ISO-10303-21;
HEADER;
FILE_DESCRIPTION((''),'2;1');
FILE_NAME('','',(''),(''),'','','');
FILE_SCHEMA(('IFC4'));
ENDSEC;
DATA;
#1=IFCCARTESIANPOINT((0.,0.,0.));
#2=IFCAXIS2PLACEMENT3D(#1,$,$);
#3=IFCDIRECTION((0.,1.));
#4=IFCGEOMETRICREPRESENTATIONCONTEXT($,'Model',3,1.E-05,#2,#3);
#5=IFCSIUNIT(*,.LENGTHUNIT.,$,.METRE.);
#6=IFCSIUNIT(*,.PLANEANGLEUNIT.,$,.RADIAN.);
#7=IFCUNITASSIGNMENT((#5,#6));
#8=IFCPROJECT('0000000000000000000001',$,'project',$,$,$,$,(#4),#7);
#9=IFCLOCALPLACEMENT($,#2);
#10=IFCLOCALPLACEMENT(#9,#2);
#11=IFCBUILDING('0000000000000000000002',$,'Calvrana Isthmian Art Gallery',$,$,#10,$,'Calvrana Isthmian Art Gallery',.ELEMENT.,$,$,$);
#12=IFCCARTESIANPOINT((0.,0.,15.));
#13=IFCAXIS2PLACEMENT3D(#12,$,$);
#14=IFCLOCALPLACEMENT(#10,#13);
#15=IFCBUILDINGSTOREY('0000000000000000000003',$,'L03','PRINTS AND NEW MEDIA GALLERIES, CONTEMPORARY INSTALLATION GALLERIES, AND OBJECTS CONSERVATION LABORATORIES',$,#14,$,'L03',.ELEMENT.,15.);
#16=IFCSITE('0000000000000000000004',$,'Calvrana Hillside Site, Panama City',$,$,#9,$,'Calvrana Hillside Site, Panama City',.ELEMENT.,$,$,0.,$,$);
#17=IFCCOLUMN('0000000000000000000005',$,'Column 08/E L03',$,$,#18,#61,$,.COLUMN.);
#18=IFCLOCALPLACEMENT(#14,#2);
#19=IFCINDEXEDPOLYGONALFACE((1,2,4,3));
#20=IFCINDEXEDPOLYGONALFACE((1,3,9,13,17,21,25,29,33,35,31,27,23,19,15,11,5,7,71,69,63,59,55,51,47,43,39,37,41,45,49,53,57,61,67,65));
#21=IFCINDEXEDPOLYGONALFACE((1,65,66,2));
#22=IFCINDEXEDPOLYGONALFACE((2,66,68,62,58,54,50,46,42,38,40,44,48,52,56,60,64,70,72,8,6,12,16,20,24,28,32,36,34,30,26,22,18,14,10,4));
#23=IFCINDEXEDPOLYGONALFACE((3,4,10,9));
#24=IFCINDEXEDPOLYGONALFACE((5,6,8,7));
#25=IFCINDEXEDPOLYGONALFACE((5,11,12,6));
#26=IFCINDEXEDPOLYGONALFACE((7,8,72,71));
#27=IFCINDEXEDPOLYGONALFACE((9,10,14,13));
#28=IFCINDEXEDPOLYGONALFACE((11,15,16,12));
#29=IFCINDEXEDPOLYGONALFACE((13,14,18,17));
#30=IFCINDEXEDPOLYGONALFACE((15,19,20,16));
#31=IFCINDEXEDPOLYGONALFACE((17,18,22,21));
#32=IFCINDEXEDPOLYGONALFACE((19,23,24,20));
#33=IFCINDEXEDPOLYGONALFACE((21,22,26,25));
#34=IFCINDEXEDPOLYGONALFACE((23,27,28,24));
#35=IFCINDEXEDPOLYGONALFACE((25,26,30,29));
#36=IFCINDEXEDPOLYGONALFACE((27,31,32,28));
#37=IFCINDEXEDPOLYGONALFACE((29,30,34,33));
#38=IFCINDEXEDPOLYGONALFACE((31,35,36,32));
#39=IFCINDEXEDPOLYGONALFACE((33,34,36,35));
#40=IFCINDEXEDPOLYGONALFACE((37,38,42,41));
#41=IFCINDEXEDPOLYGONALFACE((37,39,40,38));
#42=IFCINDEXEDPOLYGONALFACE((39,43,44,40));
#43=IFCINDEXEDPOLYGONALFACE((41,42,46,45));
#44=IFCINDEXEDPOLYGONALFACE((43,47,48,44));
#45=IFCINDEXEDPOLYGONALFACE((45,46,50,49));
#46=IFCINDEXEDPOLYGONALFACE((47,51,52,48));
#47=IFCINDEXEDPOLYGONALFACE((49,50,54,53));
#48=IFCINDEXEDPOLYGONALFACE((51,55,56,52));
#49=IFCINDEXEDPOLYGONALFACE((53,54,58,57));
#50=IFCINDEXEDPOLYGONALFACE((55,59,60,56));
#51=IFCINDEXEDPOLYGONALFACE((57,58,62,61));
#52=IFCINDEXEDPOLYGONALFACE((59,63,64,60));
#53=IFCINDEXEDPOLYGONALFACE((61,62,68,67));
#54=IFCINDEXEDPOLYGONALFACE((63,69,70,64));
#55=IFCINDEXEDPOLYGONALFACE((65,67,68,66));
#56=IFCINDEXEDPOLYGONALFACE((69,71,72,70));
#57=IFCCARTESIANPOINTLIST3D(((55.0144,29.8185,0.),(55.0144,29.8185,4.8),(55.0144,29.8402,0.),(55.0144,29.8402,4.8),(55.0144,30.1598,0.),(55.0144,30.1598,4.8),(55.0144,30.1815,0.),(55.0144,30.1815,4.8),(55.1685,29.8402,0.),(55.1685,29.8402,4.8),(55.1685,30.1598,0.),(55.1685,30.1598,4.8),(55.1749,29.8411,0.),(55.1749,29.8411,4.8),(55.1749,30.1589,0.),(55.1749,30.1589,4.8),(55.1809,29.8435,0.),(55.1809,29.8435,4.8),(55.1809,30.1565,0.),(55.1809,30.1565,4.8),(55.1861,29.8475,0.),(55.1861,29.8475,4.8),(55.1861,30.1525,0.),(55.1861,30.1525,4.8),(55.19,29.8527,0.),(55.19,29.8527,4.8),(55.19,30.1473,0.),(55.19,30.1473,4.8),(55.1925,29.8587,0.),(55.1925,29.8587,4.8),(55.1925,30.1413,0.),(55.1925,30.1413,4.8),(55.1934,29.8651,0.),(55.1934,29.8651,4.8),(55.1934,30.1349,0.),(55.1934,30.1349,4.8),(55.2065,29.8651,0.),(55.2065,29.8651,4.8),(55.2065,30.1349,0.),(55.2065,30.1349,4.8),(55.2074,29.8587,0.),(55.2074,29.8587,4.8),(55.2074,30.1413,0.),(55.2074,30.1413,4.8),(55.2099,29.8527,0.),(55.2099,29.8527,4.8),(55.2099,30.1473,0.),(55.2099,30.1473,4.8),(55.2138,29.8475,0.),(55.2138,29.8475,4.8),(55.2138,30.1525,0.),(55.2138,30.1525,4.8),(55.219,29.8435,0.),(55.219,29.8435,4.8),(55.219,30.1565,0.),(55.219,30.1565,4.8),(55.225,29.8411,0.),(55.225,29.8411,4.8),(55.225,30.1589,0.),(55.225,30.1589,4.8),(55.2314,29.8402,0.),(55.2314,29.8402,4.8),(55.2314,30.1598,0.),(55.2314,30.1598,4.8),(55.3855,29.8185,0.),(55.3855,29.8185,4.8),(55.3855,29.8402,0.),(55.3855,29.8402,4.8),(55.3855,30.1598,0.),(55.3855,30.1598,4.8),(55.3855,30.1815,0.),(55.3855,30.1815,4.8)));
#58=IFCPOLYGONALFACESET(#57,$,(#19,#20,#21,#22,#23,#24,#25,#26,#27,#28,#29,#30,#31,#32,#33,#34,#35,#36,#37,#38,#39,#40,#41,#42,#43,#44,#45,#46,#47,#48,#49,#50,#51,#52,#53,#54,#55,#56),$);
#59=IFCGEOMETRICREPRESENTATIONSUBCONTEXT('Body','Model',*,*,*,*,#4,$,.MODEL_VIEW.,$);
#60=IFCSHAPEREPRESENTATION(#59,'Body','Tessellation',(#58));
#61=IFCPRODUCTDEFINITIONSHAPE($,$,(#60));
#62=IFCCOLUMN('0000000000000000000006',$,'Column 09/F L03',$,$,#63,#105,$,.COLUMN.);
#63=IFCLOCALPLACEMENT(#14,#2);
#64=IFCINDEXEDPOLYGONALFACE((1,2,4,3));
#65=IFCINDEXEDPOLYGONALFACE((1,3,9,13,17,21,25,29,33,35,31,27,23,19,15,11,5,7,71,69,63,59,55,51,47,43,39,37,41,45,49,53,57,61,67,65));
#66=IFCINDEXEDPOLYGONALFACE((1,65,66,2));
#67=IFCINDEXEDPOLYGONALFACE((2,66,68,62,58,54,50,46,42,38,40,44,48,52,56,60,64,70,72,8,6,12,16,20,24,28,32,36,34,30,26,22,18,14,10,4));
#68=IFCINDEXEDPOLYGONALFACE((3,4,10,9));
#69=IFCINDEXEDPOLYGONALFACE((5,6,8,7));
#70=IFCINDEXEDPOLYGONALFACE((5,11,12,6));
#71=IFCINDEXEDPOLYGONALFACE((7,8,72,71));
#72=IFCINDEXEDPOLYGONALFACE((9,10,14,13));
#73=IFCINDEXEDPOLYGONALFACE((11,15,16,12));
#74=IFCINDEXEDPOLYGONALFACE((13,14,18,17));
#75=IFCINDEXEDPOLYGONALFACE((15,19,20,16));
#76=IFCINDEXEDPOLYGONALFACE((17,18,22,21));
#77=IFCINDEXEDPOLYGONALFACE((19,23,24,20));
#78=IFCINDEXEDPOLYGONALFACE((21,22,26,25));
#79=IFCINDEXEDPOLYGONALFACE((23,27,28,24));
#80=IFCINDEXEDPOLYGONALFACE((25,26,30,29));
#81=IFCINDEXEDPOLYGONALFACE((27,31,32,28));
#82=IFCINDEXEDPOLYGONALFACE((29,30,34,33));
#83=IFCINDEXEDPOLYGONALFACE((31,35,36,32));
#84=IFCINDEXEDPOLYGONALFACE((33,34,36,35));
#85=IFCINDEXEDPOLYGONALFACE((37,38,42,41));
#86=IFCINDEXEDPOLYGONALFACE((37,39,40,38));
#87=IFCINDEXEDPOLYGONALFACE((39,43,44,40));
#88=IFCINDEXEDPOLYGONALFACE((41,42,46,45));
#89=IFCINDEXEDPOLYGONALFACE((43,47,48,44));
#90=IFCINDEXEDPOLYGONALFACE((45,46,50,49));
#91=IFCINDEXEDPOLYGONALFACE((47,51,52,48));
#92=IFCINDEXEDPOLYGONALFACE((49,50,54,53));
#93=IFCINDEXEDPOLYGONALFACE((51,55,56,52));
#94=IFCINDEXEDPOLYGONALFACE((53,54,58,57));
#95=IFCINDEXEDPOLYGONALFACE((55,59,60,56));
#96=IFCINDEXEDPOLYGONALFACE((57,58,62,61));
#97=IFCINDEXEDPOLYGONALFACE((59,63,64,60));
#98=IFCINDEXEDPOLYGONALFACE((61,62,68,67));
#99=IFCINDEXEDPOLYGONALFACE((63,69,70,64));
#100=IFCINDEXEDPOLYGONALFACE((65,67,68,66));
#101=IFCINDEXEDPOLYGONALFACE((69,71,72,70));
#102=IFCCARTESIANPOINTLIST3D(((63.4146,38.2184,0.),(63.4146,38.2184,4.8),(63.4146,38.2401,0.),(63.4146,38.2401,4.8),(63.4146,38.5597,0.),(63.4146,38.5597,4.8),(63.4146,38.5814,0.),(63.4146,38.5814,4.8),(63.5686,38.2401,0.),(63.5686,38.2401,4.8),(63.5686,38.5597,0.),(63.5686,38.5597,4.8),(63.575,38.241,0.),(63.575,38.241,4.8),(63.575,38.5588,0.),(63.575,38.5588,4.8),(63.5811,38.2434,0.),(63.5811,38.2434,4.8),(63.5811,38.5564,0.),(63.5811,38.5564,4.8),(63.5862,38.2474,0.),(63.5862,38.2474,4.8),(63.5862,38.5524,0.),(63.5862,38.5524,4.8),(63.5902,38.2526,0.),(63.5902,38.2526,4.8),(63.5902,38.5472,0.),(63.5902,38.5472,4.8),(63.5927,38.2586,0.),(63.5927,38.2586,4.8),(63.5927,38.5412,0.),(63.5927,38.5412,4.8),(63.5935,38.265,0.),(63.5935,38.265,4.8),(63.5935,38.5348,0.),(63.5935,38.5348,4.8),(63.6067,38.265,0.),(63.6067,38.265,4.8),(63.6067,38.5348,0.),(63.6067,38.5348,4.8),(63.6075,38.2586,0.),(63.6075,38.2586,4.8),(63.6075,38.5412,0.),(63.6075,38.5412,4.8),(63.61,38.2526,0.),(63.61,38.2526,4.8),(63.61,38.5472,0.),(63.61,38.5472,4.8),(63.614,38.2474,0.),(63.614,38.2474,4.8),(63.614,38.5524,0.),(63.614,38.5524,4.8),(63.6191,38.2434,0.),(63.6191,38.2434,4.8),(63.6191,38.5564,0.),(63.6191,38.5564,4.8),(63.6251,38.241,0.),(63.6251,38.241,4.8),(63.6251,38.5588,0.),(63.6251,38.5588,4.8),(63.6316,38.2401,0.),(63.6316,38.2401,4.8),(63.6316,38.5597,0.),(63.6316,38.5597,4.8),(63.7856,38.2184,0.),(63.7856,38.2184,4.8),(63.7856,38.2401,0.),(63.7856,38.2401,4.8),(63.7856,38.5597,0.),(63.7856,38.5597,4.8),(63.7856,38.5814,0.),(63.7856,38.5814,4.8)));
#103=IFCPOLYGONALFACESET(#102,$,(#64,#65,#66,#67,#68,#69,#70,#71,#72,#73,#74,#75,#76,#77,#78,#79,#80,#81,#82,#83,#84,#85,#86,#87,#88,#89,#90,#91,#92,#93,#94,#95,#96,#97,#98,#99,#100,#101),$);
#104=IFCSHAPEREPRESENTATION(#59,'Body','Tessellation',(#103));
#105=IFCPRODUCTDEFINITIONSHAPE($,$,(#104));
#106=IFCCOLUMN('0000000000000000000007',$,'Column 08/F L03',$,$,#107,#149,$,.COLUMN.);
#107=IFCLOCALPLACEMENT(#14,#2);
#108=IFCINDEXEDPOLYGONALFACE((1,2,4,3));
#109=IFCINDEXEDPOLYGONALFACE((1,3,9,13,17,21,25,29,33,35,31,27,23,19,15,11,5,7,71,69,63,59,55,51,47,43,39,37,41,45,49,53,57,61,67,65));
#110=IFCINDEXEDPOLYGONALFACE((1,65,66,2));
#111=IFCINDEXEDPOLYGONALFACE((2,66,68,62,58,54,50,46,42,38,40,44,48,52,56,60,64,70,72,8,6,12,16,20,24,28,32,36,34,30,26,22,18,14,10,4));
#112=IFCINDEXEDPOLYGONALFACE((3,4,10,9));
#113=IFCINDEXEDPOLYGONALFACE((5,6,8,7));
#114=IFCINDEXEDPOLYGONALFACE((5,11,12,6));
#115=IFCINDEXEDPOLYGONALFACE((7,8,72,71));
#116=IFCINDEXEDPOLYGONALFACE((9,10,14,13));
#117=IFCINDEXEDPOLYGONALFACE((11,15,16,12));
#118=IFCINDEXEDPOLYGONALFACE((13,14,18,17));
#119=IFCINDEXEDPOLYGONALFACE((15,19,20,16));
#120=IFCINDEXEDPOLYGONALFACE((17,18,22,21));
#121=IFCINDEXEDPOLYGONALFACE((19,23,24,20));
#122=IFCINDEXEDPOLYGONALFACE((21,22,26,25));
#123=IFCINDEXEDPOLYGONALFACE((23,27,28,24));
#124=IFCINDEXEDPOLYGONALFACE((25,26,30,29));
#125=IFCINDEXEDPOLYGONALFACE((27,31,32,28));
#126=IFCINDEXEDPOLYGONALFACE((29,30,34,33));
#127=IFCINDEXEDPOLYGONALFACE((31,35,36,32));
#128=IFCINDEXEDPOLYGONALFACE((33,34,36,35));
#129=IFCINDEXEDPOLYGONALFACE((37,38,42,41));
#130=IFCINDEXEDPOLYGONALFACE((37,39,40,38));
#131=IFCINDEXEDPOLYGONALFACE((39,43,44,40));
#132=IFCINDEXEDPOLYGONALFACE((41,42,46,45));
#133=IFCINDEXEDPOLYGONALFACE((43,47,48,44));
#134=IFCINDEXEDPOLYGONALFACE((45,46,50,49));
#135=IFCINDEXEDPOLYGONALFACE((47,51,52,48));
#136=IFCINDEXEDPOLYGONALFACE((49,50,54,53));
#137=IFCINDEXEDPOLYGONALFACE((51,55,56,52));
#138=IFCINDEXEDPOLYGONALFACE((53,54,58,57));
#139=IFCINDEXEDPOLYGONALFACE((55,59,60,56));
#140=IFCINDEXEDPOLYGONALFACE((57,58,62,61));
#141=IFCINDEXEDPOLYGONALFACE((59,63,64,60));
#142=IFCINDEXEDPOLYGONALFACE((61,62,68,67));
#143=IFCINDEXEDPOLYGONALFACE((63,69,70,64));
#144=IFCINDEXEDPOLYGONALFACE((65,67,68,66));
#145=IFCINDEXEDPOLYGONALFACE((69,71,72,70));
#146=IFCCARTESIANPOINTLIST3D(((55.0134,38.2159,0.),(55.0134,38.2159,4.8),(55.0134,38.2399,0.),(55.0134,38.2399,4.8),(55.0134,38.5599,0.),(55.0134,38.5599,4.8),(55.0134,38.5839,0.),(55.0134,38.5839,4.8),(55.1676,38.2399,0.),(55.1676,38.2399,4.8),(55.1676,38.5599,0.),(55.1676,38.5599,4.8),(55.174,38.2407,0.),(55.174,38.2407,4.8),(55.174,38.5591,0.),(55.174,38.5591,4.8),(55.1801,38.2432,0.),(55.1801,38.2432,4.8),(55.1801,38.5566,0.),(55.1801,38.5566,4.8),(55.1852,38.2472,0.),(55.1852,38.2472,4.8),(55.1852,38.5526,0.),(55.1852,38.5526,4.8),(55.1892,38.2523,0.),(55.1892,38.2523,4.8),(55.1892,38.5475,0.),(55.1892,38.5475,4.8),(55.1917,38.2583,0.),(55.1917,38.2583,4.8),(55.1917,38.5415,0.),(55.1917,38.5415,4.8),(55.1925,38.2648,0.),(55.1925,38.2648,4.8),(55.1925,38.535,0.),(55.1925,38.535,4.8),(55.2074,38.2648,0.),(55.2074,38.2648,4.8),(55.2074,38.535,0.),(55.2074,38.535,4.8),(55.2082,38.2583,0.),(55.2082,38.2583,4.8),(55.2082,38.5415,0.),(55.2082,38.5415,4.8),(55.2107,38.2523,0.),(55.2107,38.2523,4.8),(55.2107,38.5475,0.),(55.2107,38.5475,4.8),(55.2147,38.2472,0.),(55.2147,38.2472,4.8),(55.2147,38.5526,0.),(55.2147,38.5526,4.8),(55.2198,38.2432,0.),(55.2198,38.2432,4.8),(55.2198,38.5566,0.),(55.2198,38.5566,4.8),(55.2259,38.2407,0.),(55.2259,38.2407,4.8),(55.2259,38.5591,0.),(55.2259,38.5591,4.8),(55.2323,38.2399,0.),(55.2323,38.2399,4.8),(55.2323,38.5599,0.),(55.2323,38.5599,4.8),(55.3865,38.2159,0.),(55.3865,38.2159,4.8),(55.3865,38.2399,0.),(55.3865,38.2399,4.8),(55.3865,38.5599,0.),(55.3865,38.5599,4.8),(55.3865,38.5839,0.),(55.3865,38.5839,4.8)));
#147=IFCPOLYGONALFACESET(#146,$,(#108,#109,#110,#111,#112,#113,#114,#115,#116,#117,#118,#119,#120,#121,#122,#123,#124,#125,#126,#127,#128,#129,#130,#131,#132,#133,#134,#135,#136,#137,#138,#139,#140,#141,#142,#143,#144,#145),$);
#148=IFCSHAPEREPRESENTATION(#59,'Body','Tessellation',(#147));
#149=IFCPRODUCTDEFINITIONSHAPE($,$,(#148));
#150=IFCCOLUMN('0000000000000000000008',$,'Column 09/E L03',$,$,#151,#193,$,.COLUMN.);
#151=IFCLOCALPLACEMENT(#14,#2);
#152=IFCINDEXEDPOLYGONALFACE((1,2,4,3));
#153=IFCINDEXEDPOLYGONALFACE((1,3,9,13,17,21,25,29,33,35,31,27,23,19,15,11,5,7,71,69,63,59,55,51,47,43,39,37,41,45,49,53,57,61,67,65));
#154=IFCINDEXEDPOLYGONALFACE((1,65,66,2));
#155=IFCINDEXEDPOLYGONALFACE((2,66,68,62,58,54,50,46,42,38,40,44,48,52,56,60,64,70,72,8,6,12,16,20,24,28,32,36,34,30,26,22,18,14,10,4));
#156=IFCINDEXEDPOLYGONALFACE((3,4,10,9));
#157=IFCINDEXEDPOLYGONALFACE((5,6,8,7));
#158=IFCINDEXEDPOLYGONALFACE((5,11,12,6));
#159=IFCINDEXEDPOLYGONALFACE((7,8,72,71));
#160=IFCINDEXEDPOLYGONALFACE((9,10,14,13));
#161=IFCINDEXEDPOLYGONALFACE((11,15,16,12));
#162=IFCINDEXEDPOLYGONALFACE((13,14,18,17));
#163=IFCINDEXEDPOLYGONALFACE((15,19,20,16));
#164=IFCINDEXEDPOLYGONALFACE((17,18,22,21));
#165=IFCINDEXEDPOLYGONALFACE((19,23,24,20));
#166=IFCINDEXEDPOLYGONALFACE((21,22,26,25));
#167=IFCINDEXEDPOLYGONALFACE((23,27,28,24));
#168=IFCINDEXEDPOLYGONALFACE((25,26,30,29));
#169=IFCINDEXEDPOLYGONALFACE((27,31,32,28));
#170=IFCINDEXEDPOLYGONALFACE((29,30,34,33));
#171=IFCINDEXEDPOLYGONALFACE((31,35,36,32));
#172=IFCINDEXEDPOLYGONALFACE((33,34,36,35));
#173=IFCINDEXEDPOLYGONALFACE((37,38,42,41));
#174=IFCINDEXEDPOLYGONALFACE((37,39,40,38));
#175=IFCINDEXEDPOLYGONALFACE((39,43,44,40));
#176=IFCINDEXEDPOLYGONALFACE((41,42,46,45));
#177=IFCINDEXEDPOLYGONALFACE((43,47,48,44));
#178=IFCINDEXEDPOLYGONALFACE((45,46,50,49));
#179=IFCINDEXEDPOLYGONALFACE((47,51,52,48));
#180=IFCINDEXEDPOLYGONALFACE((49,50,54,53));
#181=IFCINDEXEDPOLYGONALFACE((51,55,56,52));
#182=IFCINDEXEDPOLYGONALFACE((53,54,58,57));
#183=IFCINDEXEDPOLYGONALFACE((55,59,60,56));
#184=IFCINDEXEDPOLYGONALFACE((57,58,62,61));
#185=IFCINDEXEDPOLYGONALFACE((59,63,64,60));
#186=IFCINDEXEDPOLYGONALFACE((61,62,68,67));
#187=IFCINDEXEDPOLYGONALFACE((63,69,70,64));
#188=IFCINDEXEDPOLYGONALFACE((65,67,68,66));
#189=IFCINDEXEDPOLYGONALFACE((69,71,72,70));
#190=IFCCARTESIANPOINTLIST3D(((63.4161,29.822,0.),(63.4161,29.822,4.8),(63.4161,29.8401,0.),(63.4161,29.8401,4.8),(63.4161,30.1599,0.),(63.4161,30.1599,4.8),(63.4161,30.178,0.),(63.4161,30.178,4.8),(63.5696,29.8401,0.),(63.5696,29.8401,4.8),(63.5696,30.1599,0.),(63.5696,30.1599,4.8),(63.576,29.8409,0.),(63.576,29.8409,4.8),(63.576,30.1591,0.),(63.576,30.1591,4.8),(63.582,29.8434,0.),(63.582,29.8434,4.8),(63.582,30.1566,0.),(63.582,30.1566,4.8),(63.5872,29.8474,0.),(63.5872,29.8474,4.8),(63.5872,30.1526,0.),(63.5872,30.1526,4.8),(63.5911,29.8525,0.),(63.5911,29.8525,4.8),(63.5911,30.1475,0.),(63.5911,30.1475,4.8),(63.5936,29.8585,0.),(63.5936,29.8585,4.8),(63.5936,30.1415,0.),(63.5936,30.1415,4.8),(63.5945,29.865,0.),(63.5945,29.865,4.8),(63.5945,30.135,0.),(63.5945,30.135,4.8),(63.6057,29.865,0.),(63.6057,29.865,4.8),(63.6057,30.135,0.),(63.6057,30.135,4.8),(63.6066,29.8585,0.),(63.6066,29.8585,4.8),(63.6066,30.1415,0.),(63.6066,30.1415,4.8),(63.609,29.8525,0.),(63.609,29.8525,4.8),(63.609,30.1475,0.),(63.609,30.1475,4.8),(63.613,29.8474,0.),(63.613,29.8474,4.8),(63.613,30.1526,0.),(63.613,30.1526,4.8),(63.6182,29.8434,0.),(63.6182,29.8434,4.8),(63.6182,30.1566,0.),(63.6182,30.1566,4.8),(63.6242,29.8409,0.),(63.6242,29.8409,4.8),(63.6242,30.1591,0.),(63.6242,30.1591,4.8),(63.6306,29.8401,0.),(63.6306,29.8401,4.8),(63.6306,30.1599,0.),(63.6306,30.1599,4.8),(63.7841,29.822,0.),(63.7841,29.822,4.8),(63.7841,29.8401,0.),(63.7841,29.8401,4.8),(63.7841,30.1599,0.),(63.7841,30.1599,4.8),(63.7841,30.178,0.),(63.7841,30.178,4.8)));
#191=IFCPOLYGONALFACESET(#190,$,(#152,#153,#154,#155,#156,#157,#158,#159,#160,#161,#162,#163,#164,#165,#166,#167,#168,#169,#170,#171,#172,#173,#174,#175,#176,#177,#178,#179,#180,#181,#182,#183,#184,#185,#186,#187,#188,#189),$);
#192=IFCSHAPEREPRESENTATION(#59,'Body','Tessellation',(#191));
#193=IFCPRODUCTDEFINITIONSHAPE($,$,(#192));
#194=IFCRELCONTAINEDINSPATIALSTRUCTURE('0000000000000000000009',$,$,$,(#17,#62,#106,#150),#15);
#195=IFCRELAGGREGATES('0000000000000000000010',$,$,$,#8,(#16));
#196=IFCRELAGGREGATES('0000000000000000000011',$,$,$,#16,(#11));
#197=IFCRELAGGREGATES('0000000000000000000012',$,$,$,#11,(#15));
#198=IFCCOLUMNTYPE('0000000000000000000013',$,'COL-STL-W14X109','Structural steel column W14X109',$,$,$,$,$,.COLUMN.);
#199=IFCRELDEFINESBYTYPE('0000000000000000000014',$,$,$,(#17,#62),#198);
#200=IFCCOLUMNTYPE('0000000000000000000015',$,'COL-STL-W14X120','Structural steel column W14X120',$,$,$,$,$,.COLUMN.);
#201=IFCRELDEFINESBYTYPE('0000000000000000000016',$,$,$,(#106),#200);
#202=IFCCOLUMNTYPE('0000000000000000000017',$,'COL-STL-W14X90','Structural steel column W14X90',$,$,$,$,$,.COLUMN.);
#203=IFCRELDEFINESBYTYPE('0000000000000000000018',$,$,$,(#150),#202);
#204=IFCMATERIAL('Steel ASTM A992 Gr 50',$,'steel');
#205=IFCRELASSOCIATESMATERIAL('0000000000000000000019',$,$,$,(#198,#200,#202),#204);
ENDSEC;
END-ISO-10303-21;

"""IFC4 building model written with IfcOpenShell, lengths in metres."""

from ifc_helpers import new_model, si_unit, direction, frame, origin, origin_2d, place, context, subcontext, project, spatial, i_section, extrude, material, material_profile, profile_set, type_object, element, save


model = new_model("IFC4")

# Units and contexts
model_context = context("Model", 3, precision=1e-05, world=origin(), true_north=direction((0.0, 1.0)))
body_context = subcontext(model_context, "Body", "Model", "MODEL_VIEW")
ifc_project = project(units=[si_unit("LENGTHUNIT", "METRE"), si_unit("PLANEANGLEUNIT", "RADIAN")], contexts=[model_context])

# Site, building, storey
site_placement = place(None, origin())
site = spatial("IfcSite", under=ifc_project, at=site_placement, Name="Calvrana Hillside Site, Panama City", LongName="Calvrana Hillside Site, Panama City", CompositionType="ELEMENT", RefElevation=0.0)
building_placement = place(site_placement, origin())
building = spatial("IfcBuilding", under=site, at=building_placement, Name="Calvrana Isthmian Art Gallery", LongName="Calvrana Isthmian Art Gallery", CompositionType="ELEMENT")
storey_placement = place(building_placement, frame((0.0, 0.0, 15.0)))
storey = spatial("IfcBuildingStorey", under=building, at=storey_placement, Name="L03", Description="PRINTS AND NEW MEDIA GALLERIES, CONTEMPORARY INSTALLATION GALLERIES, AND OBJECTS CONSERVATION LABORATORIES", LongName="L03", CompositionType="ELEMENT", Elevation=15.0)

# Columns
ifc_material_1 = material(Name="Steel ASTM A992 Gr 50", Category="steel")
ifc_material_profile_1 = material_profile(ifc_material_1, i_section(OverallWidth=0.3711, OverallDepth=0.363, WebThickness=0.0132, FlangeThickness=0.0217, FilletRadius=0.0249, at=origin_2d()), Name="W14X109")
ifc_profile_set_1 = profile_set([ifc_material_profile_1], Name="Steel ASTM A992 Gr 50")
column_type_1 = type_object("IfcColumnType", Name="COL-STL-W14X109", Description="Structural steel column W14X109", PredefinedType="COLUMN", material=ifc_profile_set_1)
for number, where, z_axis, x_axis, name in (
    (1, (55.2, 30.0, 0.0), (0.0, 0.0, 1.0), (1.0, 0.0, 0.0), "Column 08/E L03"),
    (2, (63.6001, 38.3999, 0.0), (0.0, 0.0, 1.0), (1.0, 0.0, 0.0), "Column 09/F L03"),
):
    element("IfcColumn", number, at=place(storey_placement, frame(where, z_axis=z_axis, x_axis=x_axis)), inside=storey, type_object=column_type_1, Name=name, PredefinedType="COLUMN", context=body_context, shape_type="SweptSolid", body=[
        extrude(i_section(OverallWidth=0.3711, OverallDepth=0.363, WebThickness=0.0132, FlangeThickness=0.0217, FilletRadius=0.0249, at=origin_2d()), origin(), (0.0, 0.0, 1.0), 4.8),
    ])
ifc_material_profile_2 = material_profile(ifc_material_1, i_section(OverallWidth=0.373, OverallDepth=0.3679, WebThickness=0.0149, FlangeThickness=0.0239, FilletRadius=0.0249, at=origin_2d()), Name="W14X120")
ifc_profile_set_2 = profile_set([ifc_material_profile_2], Name="Steel ASTM A992 Gr 50")
column_type_2 = type_object("IfcColumnType", Name="COL-STL-W14X120", Description="Structural steel column W14X120", PredefinedType="COLUMN", material=ifc_profile_set_2)
column_1_placement = place(storey_placement, frame((55.2, 38.3999, 0.0), z_axis=(0.0, 0.0, 1.0), x_axis=(1.0, 0.0, 0.0)))
element("IfcColumn", 3, at=column_1_placement, inside=storey, type_object=column_type_2, Name="Column 08/F L03", PredefinedType="COLUMN", context=body_context, shape_type="SweptSolid", body=[
    extrude(i_section(OverallWidth=0.373, OverallDepth=0.3679, WebThickness=0.0149, FlangeThickness=0.0239, FilletRadius=0.0249, at=origin_2d()), origin(), (0.0, 0.0, 1.0), 4.8),
])
ifc_material_profile_3 = material_profile(ifc_material_1, i_section(OverallWidth=0.3679, OverallDepth=0.356, WebThickness=0.0112, FlangeThickness=0.0181, FilletRadius=0.0249, at=origin_2d()), Name="W14X90")
ifc_profile_set_3 = profile_set([ifc_material_profile_3], Name="Steel ASTM A992 Gr 50")
column_type_3 = type_object("IfcColumnType", Name="COL-STL-W14X90", Description="Structural steel column W14X90", PredefinedType="COLUMN", material=ifc_profile_set_3)
column_2_placement = place(storey_placement, frame((63.6001, 30.0, 0.0), z_axis=(0.0, 0.0, 1.0), x_axis=(1.0, 0.0, 0.0)))
element("IfcColumn", 4, at=column_2_placement, inside=storey, type_object=column_type_3, Name="Column 09/E L03", PredefinedType="COLUMN", context=body_context, shape_type="SweptSolid", body=[
    extrude(i_section(OverallWidth=0.3679, OverallDepth=0.356, WebThickness=0.0112, FlangeThickness=0.0181, FilletRadius=0.0249, at=origin_2d()), origin(), (0.0, 0.0, 1.0), 4.8),
])

save(model, "model.ifc")
